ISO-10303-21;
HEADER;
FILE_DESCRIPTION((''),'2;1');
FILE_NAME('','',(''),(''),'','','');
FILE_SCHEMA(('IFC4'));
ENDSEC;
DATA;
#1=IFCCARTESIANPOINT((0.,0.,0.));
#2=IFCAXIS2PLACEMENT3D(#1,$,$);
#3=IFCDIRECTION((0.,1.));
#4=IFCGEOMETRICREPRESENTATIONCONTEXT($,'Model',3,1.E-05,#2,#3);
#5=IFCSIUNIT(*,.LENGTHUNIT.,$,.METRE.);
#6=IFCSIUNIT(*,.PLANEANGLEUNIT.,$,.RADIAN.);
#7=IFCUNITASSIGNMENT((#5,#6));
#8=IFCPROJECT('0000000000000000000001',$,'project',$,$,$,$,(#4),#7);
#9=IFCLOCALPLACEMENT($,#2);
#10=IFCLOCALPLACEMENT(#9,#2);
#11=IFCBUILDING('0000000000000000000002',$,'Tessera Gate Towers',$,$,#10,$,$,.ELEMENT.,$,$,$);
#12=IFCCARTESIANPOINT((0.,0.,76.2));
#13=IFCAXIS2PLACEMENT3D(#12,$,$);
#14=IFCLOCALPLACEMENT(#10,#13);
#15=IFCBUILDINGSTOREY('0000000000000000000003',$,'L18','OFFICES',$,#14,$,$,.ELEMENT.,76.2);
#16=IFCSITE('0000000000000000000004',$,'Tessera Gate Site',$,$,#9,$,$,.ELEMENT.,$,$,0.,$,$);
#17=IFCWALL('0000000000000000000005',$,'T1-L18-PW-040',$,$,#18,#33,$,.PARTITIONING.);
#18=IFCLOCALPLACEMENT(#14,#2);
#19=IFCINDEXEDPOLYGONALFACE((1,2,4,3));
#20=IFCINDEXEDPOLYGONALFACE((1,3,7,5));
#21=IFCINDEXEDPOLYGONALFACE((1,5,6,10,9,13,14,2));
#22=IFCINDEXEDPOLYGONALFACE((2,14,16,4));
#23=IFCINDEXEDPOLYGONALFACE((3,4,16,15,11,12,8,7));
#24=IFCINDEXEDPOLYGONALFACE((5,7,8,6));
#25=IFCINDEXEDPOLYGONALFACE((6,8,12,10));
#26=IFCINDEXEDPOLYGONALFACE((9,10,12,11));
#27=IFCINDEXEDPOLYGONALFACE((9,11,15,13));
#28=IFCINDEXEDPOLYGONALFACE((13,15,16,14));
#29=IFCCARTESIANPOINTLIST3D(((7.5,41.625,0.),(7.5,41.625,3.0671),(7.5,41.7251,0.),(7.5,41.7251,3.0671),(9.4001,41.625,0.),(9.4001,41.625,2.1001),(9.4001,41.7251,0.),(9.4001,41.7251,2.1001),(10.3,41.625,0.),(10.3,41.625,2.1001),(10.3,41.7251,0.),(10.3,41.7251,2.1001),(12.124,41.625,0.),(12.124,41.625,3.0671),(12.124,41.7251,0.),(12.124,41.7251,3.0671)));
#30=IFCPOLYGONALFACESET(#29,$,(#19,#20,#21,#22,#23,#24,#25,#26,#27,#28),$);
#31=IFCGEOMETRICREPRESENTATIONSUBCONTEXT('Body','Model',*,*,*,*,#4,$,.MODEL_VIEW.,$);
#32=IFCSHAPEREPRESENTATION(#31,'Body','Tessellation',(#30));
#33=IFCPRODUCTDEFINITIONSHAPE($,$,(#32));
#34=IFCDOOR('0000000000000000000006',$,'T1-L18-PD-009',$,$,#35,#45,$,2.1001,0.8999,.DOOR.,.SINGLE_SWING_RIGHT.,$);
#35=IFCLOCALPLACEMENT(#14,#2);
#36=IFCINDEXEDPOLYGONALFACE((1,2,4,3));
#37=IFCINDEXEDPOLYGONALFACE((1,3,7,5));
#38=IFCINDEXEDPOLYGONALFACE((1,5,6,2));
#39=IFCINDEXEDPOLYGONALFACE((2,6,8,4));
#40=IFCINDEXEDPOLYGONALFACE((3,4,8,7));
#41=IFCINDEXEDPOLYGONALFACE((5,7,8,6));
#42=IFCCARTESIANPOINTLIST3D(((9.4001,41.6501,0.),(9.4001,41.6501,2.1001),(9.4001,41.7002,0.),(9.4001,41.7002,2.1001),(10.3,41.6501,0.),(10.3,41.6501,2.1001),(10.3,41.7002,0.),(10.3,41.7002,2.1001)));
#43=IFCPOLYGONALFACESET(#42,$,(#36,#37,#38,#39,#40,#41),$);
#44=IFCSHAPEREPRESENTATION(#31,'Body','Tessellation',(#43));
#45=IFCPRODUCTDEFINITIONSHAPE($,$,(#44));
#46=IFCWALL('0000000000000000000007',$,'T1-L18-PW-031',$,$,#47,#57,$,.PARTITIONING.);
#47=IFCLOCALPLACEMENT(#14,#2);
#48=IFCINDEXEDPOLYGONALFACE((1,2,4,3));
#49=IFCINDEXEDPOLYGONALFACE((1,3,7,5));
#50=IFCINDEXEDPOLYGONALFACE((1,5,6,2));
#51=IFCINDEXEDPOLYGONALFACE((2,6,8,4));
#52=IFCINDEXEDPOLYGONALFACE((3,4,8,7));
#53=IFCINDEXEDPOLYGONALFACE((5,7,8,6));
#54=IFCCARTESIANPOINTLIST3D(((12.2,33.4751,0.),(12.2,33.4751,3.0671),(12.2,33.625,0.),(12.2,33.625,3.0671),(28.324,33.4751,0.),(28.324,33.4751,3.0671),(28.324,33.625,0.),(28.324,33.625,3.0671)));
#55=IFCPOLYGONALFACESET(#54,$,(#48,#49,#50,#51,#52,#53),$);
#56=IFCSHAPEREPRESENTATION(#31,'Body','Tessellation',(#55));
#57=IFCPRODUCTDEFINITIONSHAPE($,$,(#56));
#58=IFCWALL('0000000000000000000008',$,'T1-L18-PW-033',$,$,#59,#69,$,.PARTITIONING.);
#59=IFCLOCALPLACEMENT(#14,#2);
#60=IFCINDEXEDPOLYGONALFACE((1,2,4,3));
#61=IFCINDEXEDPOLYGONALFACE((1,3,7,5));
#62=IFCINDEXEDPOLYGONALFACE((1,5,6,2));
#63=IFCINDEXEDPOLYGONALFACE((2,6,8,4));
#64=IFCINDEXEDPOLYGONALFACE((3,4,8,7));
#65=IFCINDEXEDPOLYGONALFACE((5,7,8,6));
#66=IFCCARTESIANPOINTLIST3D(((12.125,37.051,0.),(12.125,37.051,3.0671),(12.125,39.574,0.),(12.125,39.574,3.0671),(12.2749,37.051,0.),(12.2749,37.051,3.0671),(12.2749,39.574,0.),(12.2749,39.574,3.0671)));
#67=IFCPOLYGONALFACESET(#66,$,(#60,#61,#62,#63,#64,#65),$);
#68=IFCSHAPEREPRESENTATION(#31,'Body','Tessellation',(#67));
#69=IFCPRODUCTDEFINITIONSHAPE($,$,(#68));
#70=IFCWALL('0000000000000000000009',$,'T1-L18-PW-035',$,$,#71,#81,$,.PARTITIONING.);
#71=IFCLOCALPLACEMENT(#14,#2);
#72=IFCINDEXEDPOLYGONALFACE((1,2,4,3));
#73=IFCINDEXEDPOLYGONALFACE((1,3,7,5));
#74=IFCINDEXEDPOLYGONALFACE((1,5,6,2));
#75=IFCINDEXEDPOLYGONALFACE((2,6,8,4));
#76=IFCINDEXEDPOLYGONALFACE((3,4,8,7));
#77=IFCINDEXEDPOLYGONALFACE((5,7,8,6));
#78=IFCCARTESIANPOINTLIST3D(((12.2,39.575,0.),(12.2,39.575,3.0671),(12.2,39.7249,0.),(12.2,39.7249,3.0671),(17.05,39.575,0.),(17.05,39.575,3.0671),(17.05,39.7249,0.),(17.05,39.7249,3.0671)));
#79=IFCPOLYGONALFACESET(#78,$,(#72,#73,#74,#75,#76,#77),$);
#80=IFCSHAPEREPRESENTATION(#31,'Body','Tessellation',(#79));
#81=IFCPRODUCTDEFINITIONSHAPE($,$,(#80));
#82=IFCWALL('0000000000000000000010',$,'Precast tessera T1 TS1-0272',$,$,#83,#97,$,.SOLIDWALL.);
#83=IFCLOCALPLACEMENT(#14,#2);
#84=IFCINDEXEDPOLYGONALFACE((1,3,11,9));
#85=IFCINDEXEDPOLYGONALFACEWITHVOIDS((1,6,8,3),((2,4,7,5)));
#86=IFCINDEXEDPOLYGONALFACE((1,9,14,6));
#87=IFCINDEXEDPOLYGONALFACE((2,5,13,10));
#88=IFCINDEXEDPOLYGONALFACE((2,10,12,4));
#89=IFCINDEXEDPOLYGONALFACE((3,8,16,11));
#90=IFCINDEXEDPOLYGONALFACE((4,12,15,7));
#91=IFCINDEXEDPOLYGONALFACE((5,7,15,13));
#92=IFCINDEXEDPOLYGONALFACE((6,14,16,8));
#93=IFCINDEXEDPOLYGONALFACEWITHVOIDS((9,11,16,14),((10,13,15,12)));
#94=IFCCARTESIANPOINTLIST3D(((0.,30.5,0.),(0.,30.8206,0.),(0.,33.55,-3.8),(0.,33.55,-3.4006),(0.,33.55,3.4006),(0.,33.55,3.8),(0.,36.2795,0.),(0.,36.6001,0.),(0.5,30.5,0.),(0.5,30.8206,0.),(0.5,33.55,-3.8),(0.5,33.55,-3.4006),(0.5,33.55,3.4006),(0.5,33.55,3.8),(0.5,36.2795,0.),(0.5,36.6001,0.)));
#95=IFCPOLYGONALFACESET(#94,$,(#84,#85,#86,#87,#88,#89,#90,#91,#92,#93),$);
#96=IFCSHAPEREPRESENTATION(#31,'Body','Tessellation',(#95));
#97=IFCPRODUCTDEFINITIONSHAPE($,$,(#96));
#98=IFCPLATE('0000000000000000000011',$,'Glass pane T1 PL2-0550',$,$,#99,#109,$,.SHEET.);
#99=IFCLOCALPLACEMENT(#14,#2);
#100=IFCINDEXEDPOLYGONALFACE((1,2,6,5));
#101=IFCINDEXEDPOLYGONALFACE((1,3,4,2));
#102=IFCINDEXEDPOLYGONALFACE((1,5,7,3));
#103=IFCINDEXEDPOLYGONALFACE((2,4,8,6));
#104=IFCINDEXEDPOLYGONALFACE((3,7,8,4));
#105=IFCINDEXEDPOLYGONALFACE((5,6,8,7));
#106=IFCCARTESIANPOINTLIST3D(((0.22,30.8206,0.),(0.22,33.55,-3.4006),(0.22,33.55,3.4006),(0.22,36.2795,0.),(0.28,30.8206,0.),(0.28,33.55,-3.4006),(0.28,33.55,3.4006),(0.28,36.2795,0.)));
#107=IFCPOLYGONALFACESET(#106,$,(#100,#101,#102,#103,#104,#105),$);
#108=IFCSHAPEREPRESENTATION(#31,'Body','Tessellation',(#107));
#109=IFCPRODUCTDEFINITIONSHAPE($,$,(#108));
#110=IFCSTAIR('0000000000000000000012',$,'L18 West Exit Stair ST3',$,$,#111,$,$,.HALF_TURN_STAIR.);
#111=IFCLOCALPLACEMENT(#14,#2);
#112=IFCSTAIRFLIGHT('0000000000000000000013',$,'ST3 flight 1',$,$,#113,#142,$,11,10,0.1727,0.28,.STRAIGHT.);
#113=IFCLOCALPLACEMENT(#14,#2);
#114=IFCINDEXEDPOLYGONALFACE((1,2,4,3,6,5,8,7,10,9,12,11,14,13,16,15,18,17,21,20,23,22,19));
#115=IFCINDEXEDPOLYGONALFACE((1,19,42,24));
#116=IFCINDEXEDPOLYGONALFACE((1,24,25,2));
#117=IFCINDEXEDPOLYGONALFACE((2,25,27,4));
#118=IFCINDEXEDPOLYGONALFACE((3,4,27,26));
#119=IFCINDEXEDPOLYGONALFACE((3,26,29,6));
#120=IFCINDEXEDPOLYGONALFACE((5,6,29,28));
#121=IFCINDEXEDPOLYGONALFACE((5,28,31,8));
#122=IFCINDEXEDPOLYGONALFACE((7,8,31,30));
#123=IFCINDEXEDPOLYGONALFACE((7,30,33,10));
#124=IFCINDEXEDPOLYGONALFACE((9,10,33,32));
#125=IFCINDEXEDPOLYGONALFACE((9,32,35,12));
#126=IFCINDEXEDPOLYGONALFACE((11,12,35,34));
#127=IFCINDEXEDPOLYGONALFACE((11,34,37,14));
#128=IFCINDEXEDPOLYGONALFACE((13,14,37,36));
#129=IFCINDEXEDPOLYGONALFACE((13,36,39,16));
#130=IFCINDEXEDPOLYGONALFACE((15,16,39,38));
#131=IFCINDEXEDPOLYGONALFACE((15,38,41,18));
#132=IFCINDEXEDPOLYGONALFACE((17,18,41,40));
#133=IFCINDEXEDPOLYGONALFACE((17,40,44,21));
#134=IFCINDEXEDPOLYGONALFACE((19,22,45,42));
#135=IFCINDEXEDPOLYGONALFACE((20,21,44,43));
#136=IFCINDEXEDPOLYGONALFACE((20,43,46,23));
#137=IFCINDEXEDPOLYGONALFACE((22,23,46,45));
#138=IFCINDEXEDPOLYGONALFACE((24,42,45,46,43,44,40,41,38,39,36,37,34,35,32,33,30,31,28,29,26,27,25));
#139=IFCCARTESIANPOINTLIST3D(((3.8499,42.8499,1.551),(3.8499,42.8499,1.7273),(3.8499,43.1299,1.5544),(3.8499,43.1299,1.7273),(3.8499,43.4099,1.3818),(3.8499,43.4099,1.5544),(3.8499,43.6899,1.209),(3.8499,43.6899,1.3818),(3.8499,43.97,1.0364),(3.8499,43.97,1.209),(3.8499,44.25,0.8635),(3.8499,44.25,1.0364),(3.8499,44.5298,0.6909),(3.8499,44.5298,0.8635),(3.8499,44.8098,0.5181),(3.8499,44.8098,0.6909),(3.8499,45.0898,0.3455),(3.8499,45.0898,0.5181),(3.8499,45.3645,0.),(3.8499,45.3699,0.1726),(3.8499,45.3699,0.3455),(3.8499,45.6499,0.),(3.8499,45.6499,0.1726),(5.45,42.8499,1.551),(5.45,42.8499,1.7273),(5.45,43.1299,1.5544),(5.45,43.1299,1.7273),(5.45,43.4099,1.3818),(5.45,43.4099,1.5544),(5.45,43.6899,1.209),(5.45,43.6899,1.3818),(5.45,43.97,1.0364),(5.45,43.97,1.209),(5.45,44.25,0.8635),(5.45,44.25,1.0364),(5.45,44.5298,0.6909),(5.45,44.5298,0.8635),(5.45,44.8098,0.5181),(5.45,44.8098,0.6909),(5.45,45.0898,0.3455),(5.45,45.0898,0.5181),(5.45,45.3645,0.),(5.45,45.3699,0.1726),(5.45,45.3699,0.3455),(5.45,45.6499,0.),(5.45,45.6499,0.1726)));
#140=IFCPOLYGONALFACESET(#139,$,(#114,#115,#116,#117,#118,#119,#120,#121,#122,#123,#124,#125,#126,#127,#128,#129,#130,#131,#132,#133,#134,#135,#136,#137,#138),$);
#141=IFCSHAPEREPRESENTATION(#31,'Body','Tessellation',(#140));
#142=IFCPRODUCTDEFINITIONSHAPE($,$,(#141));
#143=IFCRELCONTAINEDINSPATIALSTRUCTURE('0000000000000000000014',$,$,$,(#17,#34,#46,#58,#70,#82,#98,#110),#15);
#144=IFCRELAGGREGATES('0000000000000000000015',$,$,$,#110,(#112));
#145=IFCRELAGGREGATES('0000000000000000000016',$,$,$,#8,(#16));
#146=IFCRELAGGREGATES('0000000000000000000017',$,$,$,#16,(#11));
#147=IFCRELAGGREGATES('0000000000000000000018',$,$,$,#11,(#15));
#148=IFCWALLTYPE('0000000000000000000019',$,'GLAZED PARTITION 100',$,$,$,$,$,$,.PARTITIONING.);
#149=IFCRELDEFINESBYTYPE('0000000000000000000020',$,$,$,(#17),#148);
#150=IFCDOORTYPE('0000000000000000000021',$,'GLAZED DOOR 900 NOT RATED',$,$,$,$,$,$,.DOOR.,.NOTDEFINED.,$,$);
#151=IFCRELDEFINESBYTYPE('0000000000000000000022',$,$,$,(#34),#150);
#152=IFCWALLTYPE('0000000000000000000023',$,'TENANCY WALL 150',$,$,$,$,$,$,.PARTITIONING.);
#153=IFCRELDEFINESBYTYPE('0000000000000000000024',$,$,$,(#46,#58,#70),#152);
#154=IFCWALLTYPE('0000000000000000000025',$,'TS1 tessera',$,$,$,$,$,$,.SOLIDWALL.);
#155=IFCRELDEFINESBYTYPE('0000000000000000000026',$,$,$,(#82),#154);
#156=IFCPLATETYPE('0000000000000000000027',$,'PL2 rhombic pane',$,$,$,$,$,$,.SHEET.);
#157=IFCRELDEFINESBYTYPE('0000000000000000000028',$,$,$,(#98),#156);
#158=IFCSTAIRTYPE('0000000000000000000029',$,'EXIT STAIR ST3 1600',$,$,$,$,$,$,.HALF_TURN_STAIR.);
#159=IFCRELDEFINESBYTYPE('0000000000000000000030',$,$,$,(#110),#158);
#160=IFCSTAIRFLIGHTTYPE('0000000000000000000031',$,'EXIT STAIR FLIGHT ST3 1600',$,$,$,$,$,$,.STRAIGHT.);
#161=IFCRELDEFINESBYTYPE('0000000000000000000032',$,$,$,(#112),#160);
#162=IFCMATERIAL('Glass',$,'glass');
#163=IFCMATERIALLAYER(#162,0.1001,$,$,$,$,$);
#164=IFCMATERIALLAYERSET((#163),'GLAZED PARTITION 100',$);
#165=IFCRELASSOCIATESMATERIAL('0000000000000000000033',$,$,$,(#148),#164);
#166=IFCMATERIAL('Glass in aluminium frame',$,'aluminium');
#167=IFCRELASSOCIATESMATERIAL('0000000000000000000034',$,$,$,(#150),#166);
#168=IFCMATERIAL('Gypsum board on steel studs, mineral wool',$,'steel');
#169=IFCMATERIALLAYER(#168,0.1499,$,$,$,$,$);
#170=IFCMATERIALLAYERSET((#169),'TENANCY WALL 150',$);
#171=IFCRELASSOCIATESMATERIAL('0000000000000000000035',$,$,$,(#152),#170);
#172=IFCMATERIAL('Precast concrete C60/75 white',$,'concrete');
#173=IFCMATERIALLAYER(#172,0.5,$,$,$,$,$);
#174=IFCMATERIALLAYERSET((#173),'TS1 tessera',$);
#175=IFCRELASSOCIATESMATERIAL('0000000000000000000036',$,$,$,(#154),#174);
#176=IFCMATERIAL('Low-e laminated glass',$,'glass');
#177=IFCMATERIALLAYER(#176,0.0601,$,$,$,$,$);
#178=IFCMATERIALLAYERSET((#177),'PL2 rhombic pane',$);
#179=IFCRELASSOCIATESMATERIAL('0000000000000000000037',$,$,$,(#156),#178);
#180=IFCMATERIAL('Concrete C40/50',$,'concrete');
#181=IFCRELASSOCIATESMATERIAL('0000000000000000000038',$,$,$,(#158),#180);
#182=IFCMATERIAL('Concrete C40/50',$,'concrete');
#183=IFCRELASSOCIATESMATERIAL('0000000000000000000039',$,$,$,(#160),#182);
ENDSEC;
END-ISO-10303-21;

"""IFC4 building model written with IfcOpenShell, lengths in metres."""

from ifc_helpers import new_model, si_unit, direction, frame, frame_2d, origin, place, context, subcontext, project, spatial, polyline, rectangle, outline, extrude, source, transform, mapped, material, layer, layer_set, type_object, element, fill, aggregate, save


model = new_model("IFC4")

# Units and contexts
model_context = context("Model", 3, precision=1e-05, world=origin(), true_north=direction((0.0, 1.0)))
body_context = subcontext(model_context, "Body", "Model", "MODEL_VIEW")
ifc_project = project(units=[si_unit("LENGTHUNIT", "METRE"), si_unit("PLANEANGLEUNIT", "RADIAN")], contexts=[model_context])

# Site, building, storey
site_placement = place(None, origin())
site = spatial("IfcSite", under=ifc_project, at=site_placement, Name="Tessera Gate Site", CompositionType="ELEMENT", RefElevation=0.0)
building_placement = place(site_placement, origin())
building = spatial("IfcBuilding", under=site, at=building_placement, Name="Tessera Gate Towers", CompositionType="ELEMENT")
storey_placement = place(building_placement, frame((0.0, 0.0, 76.2)))
storey = spatial("IfcBuildingStorey", under=building, at=storey_placement, Name="L18", Description="OFFICES", CompositionType="ELEMENT", Elevation=76.2)

# Shared definitions
shared_shape_1 = source(origin(), body_context, "Body", "SweptSolid", [
    extrude(rectangle(XDim=0.8999, YDim=2.1001, at=frame_2d((0.45, 1.05))), frame((0.0, 0.0249, 0.0), z_axis=(0.0, -1.0, 0.0), x_axis=(1.0, 0.0, 0.0)), (0.0, 0.0, 1.0), 0.05),
])

# Wall, opening, door
ifc_material_1 = material(Name="Glass", Category="glass")
ifc_layer_1 = layer(ifc_material_1, 0.1001)
ifc_layer_set_1 = layer_set([ifc_layer_1], Name="GLAZED PARTITION 100")
wall_type_1 = type_object("IfcWallType", Name="GLAZED PARTITION 100", PredefinedType="PARTITIONING", material=ifc_layer_set_1)
wall_1_placement = place(storey_placement, frame((12.124, 41.675, 0.0), z_axis=(0.0, 0.0, 1.0), x_axis=(-1.0, 0.0, 0.0)))
wall_1 = element("IfcWall", 1, at=wall_1_placement, inside=storey, type_object=wall_type_1, Name="T1-L18-PW-040", PredefinedType="PARTITIONING", context=body_context, shape_type="SweptSolid", body=[
    extrude(rectangle(XDim=4.624, YDim=0.1001, at=frame_2d((2.312, 0.0))), origin(), (0.0, 0.0, 1.0), 3.0671),
])
shared_shape_2 = source(origin(), body_context, "Body", "SweptSolid", [
    extrude(rectangle(XDim=0.8999, YDim=2.1001, at=frame_2d((0.45, 1.05))), frame((0.0, 0.0601, 0.0), z_axis=(0.0, -1.0, 0.0), x_axis=(1.0, 0.0, 0.0)), (0.0, 0.0, 1.0), 0.1201),
])
opening_1_placement = place(wall_1_placement, frame((1.824, 0.0, 0.0)))
opening_1 = element("IfcOpeningElement", 2, at=opening_1_placement, cuts=wall_1, PredefinedType="OPENING", context=body_context, shape_type="MappedRepresentation", body=[
    mapped(shared_shape_2, transform((0.0, 0.0, 0.0), scale=1.0)),
])
ifc_material_2 = material(Name="Glass in aluminium frame", Category="aluminium")
door_type_1 = type_object("IfcDoorType", Name="GLAZED DOOR 900 NOT RATED", OperationType="NOTDEFINED", PredefinedType="DOOR", material=ifc_material_2)
door_1_placement = place(opening_1_placement, origin())
door_1 = element("IfcDoor", 3, at=door_1_placement, inside=storey, type_object=door_type_1, Name="T1-L18-PD-009", OperationType="SINGLE_SWING_RIGHT", OverallHeight=2.1001, OverallWidth=0.8999, PredefinedType="DOOR", context=body_context, shape_type="MappedRepresentation", body=[
    mapped(shared_shape_1, transform((0.0, 0.0, 0.0), scale=1.0)),
])
fill(opening_1, door_1)

# Walls
ifc_material_3 = material(Name="Gypsum board on steel studs, mineral wool", Category="steel")
ifc_layer_2 = layer(ifc_material_3, 0.1499)
ifc_layer_set_2 = layer_set([ifc_layer_2], Name="TENANCY WALL 150")
wall_type_2 = type_object("IfcWallType", Name="TENANCY WALL 150", PredefinedType="PARTITIONING", material=ifc_layer_set_2)
wall_2_placement = place(storey_placement, frame((12.2, 33.55, 0.0), z_axis=(0.0, 0.0, 1.0), x_axis=(1.0, 0.0, 0.0)))
element("IfcWall", 4, at=wall_2_placement, inside=storey, type_object=wall_type_2, Name="T1-L18-PW-031", PredefinedType="PARTITIONING", context=body_context, shape_type="SweptSolid", body=[
    extrude(rectangle(XDim=16.124, YDim=0.1499, at=frame_2d((8.062, 0.0))), origin(), (0.0, 0.0, 1.0), 3.0671),
])
wall_3_placement = place(storey_placement, frame((12.2, 37.051, 0.0), z_axis=(0.0, 0.0, 1.0), x_axis=(0.0, 1.0, 0.0)))
element("IfcWall", 5, at=wall_3_placement, inside=storey, type_object=wall_type_2, Name="T1-L18-PW-033", PredefinedType="PARTITIONING", context=body_context, shape_type="SweptSolid", body=[
    extrude(rectangle(XDim=2.5229, YDim=0.1499, at=frame_2d((1.2615, 0.0))), origin(), (0.0, 0.0, 1.0), 3.0671),
])
wall_4_placement = place(storey_placement, frame((12.2, 39.6499, 0.0), z_axis=(0.0, 0.0, 1.0), x_axis=(1.0, 0.0, 0.0)))
element("IfcWall", 6, at=wall_4_placement, inside=storey, type_object=wall_type_2, Name="T1-L18-PW-035", PredefinedType="PARTITIONING", context=body_context, shape_type="SweptSolid", body=[
    extrude(rectangle(XDim=4.8501, YDim=0.1499, at=frame_2d((2.425, 0.0))), origin(), (0.0, 0.0, 1.0), 3.0671),
])

# Wall, opening, plate
ifc_material_4 = material(Name="Precast concrete C60/75 white", Category="concrete")
ifc_layer_3 = layer(ifc_material_4, 0.5)
ifc_layer_set_3 = layer_set([ifc_layer_3], Name="TS1 tessera")
wall_type_3 = type_object("IfcWallType", Name="TS1 tessera", PredefinedType="SOLIDWALL", material=ifc_layer_set_3)
shared_shape_3 = source(origin(), body_context, "Body", "SweptSolid", [
    extrude(outline(polyline([(3.05, 0.0), (6.1001, 3.8), (3.05, 7.6001), (0.0, 3.8), (3.05, 0.0)])), frame((0.0, 0.25, 0.0), z_axis=(0.0, -1.0, 0.0), x_axis=(1.0, 0.0, 0.0)), (0.0, 0.0, 1.0), 0.5),
])
wall_5_placement = place(storey_placement, frame((0.25, 36.6001, -3.8), z_axis=(0.0, 0.0, 1.0), x_axis=(0.0, -1.0, 0.0)))
wall_5 = element("IfcWall", 7, at=wall_5_placement, inside=storey, type_object=wall_type_3, Name="Precast tessera T1 TS1-0272", PredefinedType="SOLIDWALL", context=body_context, shape_type="MappedRepresentation", body=[
    mapped(shared_shape_3, transform((0.0, 0.0, 0.0), scale=1.0)),
])
shared_shape_4 = source(origin(), body_context, "Body", "SweptSolid", [
    extrude(outline(polyline([(3.05, 0.3994), (5.7795, 3.8), (3.05, 7.2007), (0.3206, 3.8), (3.05, 0.3994)])), frame((0.0, 0.26, 0.0), z_axis=(0.0, -1.0, 0.0), x_axis=(1.0, 0.0, 0.0)), (0.0, 0.0, 1.0), 0.52),
])
opening_2_placement = place(wall_5_placement, origin())
opening_2 = element("IfcOpeningElement", 8, at=opening_2_placement, cuts=wall_5, PredefinedType="OPENING", context=body_context, shape_type="MappedRepresentation", body=[
    mapped(shared_shape_4, transform((0.0, 0.0, 0.0), scale=1.0)),
])
ifc_material_5 = material(Name="Low-e laminated glass", Category="glass")
ifc_layer_4 = layer(ifc_material_5, 0.0601)
ifc_layer_set_4 = layer_set([ifc_layer_4], Name="PL2 rhombic pane")
plate_type = type_object("IfcPlateType", Name="PL2 rhombic pane", PredefinedType="SHEET", material=ifc_layer_set_4)
shared_shape_5 = source(origin(), body_context, "Body", "SweptSolid", [
    extrude(outline(polyline([(3.05, 0.3994), (5.7795, 3.8), (3.05, 7.2007), (0.3206, 3.8), (3.05, 0.3994)])), frame((0.0, 0.03, 0.0), z_axis=(0.0, -1.0, 0.0), x_axis=(1.0, 0.0, 0.0)), (0.0, 0.0, 1.0), 0.0601),
])
plate_placement = place(opening_2_placement, origin())
plate = element("IfcPlate", 9, at=plate_placement, inside=storey, type_object=plate_type, Name="Glass pane T1 PL2-0550", PredefinedType="SHEET", context=body_context, shape_type="MappedRepresentation", body=[
    mapped(shared_shape_5, transform((0.0, 0.0, 0.0), scale=1.0)),
])
fill(opening_2, plate)

# Stair, stair flight
ifc_material_6 = material(Name="Concrete C40/50", Category="concrete")
stair_type = type_object("IfcStairType", Name="EXIT STAIR ST3 1600", PredefinedType="HALF_TURN_STAIR", material=ifc_material_6)
stair_placement = place(storey_placement, origin())
stair = element("IfcStair", 10, at=stair_placement, inside=storey, type_object=stair_type, Name="L18 West Exit Stair ST3", PredefinedType="HALF_TURN_STAIR")
ifc_material_7 = material(Name="Concrete C40/50", Category="concrete")
stair_flight_type = type_object("IfcStairFlightType", Name="EXIT STAIR FLIGHT ST3 1600", PredefinedType="STRAIGHT", material=ifc_material_7)
stair_flight_1_placement = place(storey_placement, frame((4.6499, 45.6499, 0.0), z_axis=(0.0, 0.0, 1.0), x_axis=(0.0, -1.0, 0.0)))
stair_flight_1 = element("IfcStairFlight", 11, at=stair_flight_1_placement, type_object=stair_flight_type, Name="ST3 flight 1", NumberOfRisers=11, NumberOfTreads=10, PredefinedType="STRAIGHT", RiserHeight=0.1727, TreadLength=0.28, context=body_context, shape_type="SweptSolid", body=[
    extrude(outline(polyline([(0.0, 0.0), (0.0, 0.1726), (0.28, 0.1726), (0.28, 0.3455), (0.5601, 0.3455), (0.5601, 0.5181), (0.8401, 0.5181), (0.8401, 0.6909), (1.1201, 0.6909), (1.1201, 0.8635), (1.3999, 0.8635), (1.3999, 1.0364), (1.6799, 1.0364), (1.6799, 1.209), (1.96, 1.209), (1.96, 1.3818), (2.24, 1.3818), (2.24, 1.5544), (2.52, 1.5544), (2.52, 1.7273), (2.8, 1.7273), (2.8, 1.8999), (2.8, 1.551), (0.2854, 0.0), (0.0, 0.0)])), frame((0.0, 0.8, 0.0), z_axis=(0.0, -1.0, 0.0), x_axis=(1.0, 0.0, 0.0)), (0.0, 0.0, 1.0), 1.6001),
])
aggregate(stair, [stair_flight_1])

save(model, "model.ifc")
